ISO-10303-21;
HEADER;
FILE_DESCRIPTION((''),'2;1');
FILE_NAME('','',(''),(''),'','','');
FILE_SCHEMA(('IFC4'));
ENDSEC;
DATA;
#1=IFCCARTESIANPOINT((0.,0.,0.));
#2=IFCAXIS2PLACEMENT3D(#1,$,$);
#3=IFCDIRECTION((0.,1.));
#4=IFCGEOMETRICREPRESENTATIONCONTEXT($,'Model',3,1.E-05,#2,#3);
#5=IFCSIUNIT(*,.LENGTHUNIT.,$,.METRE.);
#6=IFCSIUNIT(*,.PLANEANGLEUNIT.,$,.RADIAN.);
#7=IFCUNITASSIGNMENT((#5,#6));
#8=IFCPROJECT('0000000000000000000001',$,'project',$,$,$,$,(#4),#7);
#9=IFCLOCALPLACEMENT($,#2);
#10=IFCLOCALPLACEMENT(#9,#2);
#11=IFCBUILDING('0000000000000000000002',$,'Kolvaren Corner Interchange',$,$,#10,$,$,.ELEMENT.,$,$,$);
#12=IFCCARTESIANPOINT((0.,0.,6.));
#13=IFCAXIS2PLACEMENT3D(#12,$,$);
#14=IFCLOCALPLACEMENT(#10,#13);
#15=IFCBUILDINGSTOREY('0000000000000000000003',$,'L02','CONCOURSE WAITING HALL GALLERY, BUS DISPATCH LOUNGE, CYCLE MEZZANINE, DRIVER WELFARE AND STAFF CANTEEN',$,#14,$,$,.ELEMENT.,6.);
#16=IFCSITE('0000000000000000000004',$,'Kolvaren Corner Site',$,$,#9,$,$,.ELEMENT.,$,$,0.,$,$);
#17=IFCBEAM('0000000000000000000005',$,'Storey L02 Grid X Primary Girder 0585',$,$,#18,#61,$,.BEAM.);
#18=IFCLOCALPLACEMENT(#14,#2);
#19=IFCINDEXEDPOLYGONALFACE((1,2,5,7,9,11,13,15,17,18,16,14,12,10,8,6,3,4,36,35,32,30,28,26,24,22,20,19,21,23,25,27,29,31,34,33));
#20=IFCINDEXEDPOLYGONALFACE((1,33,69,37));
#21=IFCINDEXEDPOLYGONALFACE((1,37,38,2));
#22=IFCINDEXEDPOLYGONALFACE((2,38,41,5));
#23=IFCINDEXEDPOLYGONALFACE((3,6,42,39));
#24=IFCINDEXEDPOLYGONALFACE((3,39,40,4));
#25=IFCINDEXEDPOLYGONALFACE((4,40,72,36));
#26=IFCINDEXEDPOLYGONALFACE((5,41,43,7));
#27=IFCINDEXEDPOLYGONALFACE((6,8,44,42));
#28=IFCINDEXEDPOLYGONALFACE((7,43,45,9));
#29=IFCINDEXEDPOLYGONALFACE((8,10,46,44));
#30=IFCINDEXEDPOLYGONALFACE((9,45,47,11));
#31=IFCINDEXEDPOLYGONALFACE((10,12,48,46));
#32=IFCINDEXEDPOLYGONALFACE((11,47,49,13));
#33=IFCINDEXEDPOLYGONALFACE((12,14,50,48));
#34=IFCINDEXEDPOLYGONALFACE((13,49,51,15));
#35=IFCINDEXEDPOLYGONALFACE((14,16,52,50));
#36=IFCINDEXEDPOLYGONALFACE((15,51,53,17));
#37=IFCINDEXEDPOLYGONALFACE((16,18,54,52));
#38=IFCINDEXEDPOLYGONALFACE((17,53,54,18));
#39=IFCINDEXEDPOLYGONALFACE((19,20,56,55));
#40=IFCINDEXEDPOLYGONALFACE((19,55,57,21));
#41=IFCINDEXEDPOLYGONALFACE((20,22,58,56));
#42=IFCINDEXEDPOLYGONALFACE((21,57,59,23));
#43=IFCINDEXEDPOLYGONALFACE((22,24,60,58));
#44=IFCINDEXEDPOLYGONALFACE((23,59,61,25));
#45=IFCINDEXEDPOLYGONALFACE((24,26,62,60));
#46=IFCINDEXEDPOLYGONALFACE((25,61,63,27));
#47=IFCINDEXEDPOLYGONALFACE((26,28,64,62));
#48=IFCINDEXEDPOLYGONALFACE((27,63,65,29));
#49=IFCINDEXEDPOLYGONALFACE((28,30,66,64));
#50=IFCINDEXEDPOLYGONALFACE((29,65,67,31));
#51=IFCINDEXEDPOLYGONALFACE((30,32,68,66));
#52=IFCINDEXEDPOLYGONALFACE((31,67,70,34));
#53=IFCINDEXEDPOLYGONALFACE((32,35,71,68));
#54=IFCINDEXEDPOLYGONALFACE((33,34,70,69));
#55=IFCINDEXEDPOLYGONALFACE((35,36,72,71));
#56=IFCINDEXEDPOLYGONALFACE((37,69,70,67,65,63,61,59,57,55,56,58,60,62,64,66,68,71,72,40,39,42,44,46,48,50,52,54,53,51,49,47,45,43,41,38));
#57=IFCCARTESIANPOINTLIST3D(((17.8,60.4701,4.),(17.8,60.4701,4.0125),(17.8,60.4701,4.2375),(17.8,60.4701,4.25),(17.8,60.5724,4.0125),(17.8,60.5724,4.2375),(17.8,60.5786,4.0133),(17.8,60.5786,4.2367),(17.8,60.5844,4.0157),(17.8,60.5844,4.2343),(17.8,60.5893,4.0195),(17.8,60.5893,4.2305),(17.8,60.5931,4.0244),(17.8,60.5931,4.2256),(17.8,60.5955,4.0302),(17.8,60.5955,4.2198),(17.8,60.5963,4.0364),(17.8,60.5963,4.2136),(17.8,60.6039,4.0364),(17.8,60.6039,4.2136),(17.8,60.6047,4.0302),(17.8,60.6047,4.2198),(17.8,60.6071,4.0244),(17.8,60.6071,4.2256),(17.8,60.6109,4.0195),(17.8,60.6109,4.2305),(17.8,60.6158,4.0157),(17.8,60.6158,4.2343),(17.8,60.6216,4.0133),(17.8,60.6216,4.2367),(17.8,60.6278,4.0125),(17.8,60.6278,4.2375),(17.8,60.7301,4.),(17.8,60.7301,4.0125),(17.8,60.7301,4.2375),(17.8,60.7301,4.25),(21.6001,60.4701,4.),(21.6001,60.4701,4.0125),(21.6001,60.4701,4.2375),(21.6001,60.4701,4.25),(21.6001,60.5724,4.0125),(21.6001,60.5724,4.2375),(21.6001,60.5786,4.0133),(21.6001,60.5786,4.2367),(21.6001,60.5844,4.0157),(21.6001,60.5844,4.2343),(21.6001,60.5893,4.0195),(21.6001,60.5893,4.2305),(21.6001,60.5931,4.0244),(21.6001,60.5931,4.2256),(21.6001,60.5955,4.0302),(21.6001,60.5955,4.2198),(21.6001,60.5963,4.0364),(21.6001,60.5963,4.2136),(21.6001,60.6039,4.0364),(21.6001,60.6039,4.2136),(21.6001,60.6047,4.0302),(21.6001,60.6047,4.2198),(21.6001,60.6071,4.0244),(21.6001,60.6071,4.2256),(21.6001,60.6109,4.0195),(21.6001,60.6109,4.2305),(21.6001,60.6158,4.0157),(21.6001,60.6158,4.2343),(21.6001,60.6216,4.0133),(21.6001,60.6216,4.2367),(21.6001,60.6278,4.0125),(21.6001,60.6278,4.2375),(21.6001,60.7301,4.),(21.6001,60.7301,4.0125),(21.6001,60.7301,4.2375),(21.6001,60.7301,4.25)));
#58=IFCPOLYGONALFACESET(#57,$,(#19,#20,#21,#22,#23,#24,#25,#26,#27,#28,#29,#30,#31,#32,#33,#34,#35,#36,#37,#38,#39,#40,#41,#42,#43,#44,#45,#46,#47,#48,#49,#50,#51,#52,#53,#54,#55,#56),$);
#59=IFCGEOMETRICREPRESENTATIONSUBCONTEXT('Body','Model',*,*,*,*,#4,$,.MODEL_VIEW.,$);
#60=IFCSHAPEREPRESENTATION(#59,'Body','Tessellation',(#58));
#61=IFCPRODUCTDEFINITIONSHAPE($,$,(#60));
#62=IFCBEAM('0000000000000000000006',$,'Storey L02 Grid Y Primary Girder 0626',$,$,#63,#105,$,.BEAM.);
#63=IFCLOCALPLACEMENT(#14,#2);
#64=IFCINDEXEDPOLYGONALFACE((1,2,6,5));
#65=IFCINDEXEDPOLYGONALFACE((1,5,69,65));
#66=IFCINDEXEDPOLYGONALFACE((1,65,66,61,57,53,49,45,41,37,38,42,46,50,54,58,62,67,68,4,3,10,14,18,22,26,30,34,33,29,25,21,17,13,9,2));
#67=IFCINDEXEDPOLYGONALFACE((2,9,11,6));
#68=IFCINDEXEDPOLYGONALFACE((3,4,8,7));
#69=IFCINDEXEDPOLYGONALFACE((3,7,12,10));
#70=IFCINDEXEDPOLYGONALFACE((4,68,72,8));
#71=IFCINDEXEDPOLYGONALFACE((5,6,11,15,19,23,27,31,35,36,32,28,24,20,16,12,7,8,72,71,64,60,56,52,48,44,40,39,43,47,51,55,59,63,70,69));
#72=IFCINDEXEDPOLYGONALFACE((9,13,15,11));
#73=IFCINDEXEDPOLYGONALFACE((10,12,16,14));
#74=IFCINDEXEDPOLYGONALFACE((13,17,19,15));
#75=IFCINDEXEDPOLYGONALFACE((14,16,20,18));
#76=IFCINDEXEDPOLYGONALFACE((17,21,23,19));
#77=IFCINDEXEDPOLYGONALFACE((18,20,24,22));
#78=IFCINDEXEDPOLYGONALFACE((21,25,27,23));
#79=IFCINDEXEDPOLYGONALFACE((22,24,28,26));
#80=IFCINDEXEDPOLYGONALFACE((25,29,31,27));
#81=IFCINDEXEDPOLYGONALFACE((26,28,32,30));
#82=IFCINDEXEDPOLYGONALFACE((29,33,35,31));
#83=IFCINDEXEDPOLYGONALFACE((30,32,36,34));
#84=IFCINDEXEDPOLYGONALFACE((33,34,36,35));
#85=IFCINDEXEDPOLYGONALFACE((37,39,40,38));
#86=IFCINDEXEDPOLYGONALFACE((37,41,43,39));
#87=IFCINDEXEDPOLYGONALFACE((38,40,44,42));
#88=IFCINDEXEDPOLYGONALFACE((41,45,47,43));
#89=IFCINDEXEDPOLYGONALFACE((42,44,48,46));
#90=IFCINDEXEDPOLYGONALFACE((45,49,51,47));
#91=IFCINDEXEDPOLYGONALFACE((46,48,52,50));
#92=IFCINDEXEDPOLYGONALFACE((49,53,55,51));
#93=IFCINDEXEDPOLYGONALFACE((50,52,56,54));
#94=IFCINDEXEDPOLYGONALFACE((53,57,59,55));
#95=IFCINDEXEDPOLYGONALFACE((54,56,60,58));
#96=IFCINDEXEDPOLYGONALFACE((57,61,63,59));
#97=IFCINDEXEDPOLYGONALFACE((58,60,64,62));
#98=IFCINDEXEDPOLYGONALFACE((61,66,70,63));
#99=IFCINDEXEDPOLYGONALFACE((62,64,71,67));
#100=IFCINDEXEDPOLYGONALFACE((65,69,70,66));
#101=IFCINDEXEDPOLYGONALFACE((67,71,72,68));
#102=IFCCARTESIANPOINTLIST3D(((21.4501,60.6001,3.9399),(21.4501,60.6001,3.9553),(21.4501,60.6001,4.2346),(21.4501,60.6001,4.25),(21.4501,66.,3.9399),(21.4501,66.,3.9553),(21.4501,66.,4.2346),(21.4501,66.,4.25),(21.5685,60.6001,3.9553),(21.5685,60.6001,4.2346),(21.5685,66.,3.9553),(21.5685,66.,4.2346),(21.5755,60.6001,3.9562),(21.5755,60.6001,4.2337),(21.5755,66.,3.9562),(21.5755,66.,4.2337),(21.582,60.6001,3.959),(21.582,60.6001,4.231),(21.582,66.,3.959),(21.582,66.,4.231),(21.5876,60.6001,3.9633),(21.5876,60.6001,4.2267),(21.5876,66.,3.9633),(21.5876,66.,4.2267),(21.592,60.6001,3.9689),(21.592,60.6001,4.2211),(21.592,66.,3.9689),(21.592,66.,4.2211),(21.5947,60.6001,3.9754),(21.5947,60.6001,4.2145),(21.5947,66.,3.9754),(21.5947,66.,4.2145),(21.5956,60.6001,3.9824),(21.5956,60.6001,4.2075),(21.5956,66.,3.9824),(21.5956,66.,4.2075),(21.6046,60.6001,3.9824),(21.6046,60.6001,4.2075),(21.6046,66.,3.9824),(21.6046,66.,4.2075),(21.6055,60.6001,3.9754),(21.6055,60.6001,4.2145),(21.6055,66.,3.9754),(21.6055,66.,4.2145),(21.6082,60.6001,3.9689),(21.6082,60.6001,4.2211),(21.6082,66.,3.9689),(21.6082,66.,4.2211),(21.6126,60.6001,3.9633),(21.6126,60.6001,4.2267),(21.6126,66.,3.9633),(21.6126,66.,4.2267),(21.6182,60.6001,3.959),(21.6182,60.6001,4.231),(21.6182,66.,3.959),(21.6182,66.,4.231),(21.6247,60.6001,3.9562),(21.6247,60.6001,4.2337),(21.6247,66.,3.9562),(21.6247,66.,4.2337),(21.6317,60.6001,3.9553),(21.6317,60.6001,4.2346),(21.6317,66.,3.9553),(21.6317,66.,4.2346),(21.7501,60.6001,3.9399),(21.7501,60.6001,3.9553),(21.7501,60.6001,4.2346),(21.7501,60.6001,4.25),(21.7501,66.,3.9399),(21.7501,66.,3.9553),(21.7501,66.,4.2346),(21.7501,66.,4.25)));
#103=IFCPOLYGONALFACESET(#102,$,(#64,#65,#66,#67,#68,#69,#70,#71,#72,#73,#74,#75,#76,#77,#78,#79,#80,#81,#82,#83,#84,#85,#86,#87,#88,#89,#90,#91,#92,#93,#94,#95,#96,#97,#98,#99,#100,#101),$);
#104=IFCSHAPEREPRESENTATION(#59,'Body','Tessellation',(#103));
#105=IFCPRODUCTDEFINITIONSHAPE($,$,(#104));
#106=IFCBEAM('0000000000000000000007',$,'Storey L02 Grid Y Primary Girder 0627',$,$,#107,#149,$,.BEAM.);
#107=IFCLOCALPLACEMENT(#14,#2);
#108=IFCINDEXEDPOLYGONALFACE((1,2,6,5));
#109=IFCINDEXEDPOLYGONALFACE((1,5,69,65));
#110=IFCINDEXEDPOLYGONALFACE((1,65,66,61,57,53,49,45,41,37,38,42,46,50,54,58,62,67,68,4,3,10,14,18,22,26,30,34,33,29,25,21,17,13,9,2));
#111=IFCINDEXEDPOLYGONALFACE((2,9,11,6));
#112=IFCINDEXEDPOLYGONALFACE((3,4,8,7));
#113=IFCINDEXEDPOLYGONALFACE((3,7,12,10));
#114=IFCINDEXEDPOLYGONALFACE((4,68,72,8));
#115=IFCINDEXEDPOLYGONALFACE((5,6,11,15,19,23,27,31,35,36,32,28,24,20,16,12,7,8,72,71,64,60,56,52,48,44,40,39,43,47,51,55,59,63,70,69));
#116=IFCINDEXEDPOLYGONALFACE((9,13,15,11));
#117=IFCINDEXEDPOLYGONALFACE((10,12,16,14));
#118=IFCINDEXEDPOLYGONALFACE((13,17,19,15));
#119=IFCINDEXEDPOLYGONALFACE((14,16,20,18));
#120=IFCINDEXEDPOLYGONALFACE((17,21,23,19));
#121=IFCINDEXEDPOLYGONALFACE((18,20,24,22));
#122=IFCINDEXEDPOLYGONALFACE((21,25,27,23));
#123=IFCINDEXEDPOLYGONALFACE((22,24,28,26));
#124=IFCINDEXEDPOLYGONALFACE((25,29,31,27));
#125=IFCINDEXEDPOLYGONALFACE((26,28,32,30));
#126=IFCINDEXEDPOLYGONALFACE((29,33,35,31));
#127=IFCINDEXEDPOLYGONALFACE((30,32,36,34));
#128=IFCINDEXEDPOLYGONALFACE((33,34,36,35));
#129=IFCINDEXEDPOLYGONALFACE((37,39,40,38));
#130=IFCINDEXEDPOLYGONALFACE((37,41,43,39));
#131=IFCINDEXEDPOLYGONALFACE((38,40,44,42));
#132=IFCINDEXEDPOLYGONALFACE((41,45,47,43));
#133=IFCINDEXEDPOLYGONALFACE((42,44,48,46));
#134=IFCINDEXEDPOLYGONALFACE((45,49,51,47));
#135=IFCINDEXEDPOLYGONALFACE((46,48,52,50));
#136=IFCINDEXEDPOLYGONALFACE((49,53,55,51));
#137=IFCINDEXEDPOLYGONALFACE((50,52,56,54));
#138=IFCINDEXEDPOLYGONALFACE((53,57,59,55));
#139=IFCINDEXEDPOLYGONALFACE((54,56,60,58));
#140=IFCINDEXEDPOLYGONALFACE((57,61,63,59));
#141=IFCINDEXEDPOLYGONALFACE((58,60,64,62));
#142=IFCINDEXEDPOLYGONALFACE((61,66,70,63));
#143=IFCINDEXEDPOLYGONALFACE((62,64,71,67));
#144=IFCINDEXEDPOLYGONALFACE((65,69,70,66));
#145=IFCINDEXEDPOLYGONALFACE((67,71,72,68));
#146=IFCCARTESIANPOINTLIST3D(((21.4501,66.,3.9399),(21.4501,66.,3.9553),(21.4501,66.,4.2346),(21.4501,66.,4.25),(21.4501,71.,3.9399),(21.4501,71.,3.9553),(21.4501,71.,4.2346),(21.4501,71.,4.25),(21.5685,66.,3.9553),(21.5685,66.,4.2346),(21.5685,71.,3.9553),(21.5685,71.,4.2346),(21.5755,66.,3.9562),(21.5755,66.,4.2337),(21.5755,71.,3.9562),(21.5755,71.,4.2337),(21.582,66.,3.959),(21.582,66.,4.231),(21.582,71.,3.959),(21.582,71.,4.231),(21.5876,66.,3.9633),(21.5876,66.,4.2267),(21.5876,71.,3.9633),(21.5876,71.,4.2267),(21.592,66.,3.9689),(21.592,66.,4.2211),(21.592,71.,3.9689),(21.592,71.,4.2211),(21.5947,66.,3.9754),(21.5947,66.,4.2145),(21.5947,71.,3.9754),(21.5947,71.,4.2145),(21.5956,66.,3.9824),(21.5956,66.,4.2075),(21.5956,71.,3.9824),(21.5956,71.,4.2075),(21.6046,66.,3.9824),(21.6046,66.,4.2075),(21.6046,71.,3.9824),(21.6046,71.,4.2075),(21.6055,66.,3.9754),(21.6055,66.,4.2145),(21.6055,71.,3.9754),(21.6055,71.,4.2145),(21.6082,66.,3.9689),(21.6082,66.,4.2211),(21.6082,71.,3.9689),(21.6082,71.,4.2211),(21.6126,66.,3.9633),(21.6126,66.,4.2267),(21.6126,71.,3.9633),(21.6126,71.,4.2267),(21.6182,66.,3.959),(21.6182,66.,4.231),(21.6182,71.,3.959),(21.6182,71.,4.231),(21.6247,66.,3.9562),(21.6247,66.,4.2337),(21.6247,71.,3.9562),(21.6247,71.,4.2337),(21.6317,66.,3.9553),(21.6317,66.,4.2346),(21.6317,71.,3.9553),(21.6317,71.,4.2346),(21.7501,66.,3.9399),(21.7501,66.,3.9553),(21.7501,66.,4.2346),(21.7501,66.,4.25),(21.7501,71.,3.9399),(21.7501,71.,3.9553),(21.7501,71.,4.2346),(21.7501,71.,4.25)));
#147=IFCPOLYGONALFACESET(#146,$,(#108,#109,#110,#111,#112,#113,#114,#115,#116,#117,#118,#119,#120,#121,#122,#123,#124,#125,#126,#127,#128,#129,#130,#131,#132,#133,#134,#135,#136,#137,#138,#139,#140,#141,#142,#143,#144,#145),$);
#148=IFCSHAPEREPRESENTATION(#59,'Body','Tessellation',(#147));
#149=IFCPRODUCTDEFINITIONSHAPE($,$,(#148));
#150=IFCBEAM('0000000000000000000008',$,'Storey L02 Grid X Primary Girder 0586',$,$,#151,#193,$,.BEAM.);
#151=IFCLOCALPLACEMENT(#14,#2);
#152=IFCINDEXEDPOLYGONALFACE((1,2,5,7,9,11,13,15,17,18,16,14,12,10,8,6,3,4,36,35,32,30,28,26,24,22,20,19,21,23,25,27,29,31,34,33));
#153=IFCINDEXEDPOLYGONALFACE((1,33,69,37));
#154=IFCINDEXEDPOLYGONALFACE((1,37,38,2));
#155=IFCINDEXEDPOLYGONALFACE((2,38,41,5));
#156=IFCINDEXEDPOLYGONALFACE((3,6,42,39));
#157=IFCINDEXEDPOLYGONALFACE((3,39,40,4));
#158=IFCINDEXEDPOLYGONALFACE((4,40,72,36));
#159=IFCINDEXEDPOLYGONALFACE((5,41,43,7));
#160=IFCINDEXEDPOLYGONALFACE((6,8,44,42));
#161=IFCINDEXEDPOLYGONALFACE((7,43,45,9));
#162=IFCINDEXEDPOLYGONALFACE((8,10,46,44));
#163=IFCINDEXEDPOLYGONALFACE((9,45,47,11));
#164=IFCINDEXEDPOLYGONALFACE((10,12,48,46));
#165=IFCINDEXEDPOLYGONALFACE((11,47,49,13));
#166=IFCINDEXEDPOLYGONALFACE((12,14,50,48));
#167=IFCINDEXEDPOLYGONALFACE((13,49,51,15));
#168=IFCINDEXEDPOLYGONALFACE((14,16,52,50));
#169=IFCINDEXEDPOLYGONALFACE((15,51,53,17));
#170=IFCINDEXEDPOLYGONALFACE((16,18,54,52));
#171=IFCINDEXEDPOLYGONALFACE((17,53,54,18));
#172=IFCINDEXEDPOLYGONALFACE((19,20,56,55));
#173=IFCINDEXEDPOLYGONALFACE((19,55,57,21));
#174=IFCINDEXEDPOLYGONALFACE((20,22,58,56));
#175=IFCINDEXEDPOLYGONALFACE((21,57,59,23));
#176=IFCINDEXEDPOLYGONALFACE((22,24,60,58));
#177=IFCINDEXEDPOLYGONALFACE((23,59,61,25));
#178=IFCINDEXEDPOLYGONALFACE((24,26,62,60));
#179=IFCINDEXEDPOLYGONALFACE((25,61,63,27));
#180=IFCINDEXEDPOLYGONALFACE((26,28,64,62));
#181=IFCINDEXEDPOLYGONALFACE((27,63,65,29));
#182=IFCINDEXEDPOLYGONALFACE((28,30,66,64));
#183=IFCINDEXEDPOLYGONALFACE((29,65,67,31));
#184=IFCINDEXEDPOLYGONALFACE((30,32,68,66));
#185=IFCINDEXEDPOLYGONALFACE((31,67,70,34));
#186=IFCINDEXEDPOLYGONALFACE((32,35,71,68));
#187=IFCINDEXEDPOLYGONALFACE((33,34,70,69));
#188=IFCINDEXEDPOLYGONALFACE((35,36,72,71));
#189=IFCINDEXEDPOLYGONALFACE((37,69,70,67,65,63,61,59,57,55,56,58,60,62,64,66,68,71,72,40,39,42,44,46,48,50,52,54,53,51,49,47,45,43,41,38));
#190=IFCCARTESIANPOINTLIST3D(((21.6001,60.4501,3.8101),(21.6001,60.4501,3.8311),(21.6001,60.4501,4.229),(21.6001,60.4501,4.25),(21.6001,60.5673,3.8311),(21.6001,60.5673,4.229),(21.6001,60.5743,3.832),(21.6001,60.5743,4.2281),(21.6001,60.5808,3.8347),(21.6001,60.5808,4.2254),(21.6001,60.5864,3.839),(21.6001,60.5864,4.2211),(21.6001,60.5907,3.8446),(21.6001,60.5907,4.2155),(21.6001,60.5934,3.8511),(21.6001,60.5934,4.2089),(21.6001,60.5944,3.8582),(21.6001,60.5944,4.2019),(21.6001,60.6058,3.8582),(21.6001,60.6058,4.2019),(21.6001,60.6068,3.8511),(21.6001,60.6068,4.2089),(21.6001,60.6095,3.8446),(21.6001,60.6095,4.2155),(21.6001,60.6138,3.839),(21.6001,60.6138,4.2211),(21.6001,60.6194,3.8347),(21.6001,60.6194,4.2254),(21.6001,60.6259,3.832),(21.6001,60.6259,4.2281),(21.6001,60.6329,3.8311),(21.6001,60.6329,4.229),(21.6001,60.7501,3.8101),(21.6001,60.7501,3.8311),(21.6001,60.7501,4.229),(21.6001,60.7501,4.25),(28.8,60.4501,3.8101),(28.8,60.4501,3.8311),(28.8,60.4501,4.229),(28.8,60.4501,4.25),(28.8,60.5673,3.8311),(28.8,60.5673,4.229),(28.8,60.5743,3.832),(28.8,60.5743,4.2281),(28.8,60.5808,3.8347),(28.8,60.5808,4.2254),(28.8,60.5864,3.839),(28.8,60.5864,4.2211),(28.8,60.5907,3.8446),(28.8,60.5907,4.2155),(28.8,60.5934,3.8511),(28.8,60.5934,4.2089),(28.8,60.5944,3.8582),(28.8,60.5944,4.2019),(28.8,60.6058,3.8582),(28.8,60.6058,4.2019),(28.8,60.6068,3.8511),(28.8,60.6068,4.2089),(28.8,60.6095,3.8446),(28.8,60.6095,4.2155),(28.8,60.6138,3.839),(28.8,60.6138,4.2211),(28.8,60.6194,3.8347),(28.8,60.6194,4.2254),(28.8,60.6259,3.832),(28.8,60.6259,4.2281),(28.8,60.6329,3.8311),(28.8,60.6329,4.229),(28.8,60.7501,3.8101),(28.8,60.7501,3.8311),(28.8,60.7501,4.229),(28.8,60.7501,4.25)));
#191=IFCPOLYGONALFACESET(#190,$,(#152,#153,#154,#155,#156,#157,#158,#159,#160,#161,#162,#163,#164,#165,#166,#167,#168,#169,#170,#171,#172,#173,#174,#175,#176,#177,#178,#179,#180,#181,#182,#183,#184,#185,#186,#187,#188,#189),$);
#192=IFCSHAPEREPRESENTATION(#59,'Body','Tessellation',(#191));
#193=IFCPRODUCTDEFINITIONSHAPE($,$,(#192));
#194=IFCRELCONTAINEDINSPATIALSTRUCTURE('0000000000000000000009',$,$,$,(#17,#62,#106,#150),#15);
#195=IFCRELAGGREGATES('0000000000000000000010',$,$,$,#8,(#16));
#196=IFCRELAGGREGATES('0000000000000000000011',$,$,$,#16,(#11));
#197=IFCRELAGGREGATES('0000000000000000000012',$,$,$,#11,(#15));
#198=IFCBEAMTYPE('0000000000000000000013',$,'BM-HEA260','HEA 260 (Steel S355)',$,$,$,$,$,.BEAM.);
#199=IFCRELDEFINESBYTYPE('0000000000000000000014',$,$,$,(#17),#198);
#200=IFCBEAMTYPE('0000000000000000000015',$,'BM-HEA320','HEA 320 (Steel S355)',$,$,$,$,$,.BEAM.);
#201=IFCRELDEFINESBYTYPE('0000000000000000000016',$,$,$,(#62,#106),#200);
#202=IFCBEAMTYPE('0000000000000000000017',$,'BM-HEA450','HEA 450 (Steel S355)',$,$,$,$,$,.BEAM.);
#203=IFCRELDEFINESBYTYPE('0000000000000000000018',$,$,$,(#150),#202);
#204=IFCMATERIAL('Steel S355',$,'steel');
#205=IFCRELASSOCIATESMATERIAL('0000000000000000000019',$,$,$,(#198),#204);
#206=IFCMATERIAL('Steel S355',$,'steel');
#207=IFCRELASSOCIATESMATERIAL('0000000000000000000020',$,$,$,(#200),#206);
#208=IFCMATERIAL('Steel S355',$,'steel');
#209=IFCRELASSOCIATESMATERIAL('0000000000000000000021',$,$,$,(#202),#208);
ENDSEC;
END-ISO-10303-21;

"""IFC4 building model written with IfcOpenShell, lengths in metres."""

from ifc_helpers import new_model, si_unit, direction, frame, origin, origin_2d, place, context, subcontext, project, spatial, i_section, extrude, material, material_profile, profile_set, type_object, element, save


model = new_model("IFC4")

# Units and contexts
model_context = context("Model", 3, precision=1e-05, world=origin(), true_north=direction((0.0, 1.0)))
body_context = subcontext(model_context, "Body", "Model", "MODEL_VIEW")
ifc_project = project(units=[si_unit("LENGTHUNIT", "METRE"), si_unit("PLANEANGLEUNIT", "RADIAN")], contexts=[model_context])

# Site, building, storey
site_placement = place(None, origin())
site = spatial("IfcSite", under=ifc_project, at=site_placement, Name="Kolvaren Corner Site", CompositionType="ELEMENT", RefElevation=0.0)
building_placement = place(site_placement, origin())
building = spatial("IfcBuilding", under=site, at=building_placement, Name="Kolvaren Corner Interchange", CompositionType="ELEMENT")
storey_placement = place(building_placement, frame((0.0, 0.0, 6.0)))
storey = spatial("IfcBuildingStorey", under=building, at=storey_placement, Name="L02", Description="CONCOURSE WAITING HALL GALLERY, BUS DISPATCH LOUNGE, CYCLE MEZZANINE, DRIVER WELFARE AND STAFF CANTEEN", CompositionType="ELEMENT", Elevation=6.0)

# Beams
ifc_material_1 = material(Name="Steel S355", Category="steel")
ifc_material_profile_1 = material_profile(ifc_material_1, i_section(OverallWidth=0.26, OverallDepth=0.25, WebThickness=0.0076, FlangeThickness=0.0125, FilletRadius=0.0239, at=origin_2d()), Name="HEA 260")
ifc_profile_set_1 = profile_set([ifc_material_profile_1], Name="Steel S355")
beam_type_1 = type_object("IfcBeamType", Name="BM-HEA260", Description="HEA 260 (Steel S355)", PredefinedType="BEAM", material=ifc_profile_set_1)
beam_1_placement = place(storey_placement, frame((17.8, 60.6001, 4.125), z_axis=(1.0, 0.0, 0.0), x_axis=(0.0, 1.0, 0.0)))
element("IfcBeam", 1, at=beam_1_placement, inside=storey, type_object=beam_type_1, Name="Storey L02 Grid X Primary Girder 0585", PredefinedType="BEAM", context=body_context, shape_type="SweptSolid", body=[
    extrude(i_section(OverallWidth=0.26, OverallDepth=0.25, WebThickness=0.0076, FlangeThickness=0.0125, FilletRadius=0.0239, at=origin_2d()), origin(), (0.0, 0.0, 1.0), 3.8),
])
ifc_material_2 = material(Name="Steel S355", Category="steel")
ifc_material_profile_2 = material_profile(ifc_material_2, i_section(OverallWidth=0.3, OverallDepth=0.3101, WebThickness=0.009, FlangeThickness=0.0154, FilletRadius=0.0271, at=origin_2d()), Name="HEA 320")
ifc_profile_set_2 = profile_set([ifc_material_profile_2], Name="Steel S355")
beam_type_2 = type_object("IfcBeamType", Name="BM-HEA320", Description="HEA 320 (Steel S355)", PredefinedType="BEAM", material=ifc_profile_set_2)
beam_2_placement = place(storey_placement, frame((21.6001, 60.6001, 4.095), z_axis=(0.0, 1.0, 0.0), x_axis=(-1.0, 0.0, 0.0)))
element("IfcBeam", 2, at=beam_2_placement, inside=storey, type_object=beam_type_2, Name="Storey L02 Grid Y Primary Girder 0626", PredefinedType="BEAM", context=body_context, shape_type="SweptSolid", body=[
    extrude(i_section(OverallWidth=0.3, OverallDepth=0.3101, WebThickness=0.009, FlangeThickness=0.0154, FilletRadius=0.0271, at=origin_2d()), origin(), (0.0, 0.0, 1.0), 5.3999),
])
beam_3_placement = place(storey_placement, frame((21.6001, 66.0, 4.095), z_axis=(0.0, 1.0, 0.0), x_axis=(-1.0, 0.0, 0.0)))
element("IfcBeam", 3, at=beam_3_placement, inside=storey, type_object=beam_type_2, Name="Storey L02 Grid Y Primary Girder 0627", PredefinedType="BEAM", context=body_context, shape_type="SweptSolid", body=[
    extrude(i_section(OverallWidth=0.3, OverallDepth=0.3101, WebThickness=0.009, FlangeThickness=0.0154, FilletRadius=0.0271, at=origin_2d()), origin(), (0.0, 0.0, 1.0), 5.0),
])
ifc_material_3 = material(Name="Steel S355", Category="steel")
ifc_material_profile_3 = material_profile(ifc_material_3, i_section(OverallWidth=0.3, OverallDepth=0.4399, WebThickness=0.0115, FlangeThickness=0.021, FilletRadius=0.0271, at=origin_2d()), Name="HEA 450")
ifc_profile_set_3 = profile_set([ifc_material_profile_3], Name="Steel S355")
beam_type_3 = type_object("IfcBeamType", Name="BM-HEA450", Description="HEA 450 (Steel S355)", PredefinedType="BEAM", material=ifc_profile_set_3)
for number, where, z_axis, x_axis, name in (
    (4, (21.6001, 60.6001, 4.03), (1.0, 0.0, 0.0), (0.0, 1.0, 0.0), "Storey L02 Grid X Primary Girder 0586"),
):
    element("IfcBeam", number, at=place(storey_placement, frame(where, z_axis=z_axis, x_axis=x_axis)), inside=storey, type_object=beam_type_3, Name=name, PredefinedType="BEAM", context=body_context, shape_type="SweptSolid", body=[
        extrude(i_section(OverallWidth=0.3, OverallDepth=0.4399, WebThickness=0.0115, FlangeThickness=0.021, FilletRadius=0.0271, at=origin_2d()), origin(), (0.0, 0.0, 1.0), 7.2),
    ])

save(model, "model.ifc")
